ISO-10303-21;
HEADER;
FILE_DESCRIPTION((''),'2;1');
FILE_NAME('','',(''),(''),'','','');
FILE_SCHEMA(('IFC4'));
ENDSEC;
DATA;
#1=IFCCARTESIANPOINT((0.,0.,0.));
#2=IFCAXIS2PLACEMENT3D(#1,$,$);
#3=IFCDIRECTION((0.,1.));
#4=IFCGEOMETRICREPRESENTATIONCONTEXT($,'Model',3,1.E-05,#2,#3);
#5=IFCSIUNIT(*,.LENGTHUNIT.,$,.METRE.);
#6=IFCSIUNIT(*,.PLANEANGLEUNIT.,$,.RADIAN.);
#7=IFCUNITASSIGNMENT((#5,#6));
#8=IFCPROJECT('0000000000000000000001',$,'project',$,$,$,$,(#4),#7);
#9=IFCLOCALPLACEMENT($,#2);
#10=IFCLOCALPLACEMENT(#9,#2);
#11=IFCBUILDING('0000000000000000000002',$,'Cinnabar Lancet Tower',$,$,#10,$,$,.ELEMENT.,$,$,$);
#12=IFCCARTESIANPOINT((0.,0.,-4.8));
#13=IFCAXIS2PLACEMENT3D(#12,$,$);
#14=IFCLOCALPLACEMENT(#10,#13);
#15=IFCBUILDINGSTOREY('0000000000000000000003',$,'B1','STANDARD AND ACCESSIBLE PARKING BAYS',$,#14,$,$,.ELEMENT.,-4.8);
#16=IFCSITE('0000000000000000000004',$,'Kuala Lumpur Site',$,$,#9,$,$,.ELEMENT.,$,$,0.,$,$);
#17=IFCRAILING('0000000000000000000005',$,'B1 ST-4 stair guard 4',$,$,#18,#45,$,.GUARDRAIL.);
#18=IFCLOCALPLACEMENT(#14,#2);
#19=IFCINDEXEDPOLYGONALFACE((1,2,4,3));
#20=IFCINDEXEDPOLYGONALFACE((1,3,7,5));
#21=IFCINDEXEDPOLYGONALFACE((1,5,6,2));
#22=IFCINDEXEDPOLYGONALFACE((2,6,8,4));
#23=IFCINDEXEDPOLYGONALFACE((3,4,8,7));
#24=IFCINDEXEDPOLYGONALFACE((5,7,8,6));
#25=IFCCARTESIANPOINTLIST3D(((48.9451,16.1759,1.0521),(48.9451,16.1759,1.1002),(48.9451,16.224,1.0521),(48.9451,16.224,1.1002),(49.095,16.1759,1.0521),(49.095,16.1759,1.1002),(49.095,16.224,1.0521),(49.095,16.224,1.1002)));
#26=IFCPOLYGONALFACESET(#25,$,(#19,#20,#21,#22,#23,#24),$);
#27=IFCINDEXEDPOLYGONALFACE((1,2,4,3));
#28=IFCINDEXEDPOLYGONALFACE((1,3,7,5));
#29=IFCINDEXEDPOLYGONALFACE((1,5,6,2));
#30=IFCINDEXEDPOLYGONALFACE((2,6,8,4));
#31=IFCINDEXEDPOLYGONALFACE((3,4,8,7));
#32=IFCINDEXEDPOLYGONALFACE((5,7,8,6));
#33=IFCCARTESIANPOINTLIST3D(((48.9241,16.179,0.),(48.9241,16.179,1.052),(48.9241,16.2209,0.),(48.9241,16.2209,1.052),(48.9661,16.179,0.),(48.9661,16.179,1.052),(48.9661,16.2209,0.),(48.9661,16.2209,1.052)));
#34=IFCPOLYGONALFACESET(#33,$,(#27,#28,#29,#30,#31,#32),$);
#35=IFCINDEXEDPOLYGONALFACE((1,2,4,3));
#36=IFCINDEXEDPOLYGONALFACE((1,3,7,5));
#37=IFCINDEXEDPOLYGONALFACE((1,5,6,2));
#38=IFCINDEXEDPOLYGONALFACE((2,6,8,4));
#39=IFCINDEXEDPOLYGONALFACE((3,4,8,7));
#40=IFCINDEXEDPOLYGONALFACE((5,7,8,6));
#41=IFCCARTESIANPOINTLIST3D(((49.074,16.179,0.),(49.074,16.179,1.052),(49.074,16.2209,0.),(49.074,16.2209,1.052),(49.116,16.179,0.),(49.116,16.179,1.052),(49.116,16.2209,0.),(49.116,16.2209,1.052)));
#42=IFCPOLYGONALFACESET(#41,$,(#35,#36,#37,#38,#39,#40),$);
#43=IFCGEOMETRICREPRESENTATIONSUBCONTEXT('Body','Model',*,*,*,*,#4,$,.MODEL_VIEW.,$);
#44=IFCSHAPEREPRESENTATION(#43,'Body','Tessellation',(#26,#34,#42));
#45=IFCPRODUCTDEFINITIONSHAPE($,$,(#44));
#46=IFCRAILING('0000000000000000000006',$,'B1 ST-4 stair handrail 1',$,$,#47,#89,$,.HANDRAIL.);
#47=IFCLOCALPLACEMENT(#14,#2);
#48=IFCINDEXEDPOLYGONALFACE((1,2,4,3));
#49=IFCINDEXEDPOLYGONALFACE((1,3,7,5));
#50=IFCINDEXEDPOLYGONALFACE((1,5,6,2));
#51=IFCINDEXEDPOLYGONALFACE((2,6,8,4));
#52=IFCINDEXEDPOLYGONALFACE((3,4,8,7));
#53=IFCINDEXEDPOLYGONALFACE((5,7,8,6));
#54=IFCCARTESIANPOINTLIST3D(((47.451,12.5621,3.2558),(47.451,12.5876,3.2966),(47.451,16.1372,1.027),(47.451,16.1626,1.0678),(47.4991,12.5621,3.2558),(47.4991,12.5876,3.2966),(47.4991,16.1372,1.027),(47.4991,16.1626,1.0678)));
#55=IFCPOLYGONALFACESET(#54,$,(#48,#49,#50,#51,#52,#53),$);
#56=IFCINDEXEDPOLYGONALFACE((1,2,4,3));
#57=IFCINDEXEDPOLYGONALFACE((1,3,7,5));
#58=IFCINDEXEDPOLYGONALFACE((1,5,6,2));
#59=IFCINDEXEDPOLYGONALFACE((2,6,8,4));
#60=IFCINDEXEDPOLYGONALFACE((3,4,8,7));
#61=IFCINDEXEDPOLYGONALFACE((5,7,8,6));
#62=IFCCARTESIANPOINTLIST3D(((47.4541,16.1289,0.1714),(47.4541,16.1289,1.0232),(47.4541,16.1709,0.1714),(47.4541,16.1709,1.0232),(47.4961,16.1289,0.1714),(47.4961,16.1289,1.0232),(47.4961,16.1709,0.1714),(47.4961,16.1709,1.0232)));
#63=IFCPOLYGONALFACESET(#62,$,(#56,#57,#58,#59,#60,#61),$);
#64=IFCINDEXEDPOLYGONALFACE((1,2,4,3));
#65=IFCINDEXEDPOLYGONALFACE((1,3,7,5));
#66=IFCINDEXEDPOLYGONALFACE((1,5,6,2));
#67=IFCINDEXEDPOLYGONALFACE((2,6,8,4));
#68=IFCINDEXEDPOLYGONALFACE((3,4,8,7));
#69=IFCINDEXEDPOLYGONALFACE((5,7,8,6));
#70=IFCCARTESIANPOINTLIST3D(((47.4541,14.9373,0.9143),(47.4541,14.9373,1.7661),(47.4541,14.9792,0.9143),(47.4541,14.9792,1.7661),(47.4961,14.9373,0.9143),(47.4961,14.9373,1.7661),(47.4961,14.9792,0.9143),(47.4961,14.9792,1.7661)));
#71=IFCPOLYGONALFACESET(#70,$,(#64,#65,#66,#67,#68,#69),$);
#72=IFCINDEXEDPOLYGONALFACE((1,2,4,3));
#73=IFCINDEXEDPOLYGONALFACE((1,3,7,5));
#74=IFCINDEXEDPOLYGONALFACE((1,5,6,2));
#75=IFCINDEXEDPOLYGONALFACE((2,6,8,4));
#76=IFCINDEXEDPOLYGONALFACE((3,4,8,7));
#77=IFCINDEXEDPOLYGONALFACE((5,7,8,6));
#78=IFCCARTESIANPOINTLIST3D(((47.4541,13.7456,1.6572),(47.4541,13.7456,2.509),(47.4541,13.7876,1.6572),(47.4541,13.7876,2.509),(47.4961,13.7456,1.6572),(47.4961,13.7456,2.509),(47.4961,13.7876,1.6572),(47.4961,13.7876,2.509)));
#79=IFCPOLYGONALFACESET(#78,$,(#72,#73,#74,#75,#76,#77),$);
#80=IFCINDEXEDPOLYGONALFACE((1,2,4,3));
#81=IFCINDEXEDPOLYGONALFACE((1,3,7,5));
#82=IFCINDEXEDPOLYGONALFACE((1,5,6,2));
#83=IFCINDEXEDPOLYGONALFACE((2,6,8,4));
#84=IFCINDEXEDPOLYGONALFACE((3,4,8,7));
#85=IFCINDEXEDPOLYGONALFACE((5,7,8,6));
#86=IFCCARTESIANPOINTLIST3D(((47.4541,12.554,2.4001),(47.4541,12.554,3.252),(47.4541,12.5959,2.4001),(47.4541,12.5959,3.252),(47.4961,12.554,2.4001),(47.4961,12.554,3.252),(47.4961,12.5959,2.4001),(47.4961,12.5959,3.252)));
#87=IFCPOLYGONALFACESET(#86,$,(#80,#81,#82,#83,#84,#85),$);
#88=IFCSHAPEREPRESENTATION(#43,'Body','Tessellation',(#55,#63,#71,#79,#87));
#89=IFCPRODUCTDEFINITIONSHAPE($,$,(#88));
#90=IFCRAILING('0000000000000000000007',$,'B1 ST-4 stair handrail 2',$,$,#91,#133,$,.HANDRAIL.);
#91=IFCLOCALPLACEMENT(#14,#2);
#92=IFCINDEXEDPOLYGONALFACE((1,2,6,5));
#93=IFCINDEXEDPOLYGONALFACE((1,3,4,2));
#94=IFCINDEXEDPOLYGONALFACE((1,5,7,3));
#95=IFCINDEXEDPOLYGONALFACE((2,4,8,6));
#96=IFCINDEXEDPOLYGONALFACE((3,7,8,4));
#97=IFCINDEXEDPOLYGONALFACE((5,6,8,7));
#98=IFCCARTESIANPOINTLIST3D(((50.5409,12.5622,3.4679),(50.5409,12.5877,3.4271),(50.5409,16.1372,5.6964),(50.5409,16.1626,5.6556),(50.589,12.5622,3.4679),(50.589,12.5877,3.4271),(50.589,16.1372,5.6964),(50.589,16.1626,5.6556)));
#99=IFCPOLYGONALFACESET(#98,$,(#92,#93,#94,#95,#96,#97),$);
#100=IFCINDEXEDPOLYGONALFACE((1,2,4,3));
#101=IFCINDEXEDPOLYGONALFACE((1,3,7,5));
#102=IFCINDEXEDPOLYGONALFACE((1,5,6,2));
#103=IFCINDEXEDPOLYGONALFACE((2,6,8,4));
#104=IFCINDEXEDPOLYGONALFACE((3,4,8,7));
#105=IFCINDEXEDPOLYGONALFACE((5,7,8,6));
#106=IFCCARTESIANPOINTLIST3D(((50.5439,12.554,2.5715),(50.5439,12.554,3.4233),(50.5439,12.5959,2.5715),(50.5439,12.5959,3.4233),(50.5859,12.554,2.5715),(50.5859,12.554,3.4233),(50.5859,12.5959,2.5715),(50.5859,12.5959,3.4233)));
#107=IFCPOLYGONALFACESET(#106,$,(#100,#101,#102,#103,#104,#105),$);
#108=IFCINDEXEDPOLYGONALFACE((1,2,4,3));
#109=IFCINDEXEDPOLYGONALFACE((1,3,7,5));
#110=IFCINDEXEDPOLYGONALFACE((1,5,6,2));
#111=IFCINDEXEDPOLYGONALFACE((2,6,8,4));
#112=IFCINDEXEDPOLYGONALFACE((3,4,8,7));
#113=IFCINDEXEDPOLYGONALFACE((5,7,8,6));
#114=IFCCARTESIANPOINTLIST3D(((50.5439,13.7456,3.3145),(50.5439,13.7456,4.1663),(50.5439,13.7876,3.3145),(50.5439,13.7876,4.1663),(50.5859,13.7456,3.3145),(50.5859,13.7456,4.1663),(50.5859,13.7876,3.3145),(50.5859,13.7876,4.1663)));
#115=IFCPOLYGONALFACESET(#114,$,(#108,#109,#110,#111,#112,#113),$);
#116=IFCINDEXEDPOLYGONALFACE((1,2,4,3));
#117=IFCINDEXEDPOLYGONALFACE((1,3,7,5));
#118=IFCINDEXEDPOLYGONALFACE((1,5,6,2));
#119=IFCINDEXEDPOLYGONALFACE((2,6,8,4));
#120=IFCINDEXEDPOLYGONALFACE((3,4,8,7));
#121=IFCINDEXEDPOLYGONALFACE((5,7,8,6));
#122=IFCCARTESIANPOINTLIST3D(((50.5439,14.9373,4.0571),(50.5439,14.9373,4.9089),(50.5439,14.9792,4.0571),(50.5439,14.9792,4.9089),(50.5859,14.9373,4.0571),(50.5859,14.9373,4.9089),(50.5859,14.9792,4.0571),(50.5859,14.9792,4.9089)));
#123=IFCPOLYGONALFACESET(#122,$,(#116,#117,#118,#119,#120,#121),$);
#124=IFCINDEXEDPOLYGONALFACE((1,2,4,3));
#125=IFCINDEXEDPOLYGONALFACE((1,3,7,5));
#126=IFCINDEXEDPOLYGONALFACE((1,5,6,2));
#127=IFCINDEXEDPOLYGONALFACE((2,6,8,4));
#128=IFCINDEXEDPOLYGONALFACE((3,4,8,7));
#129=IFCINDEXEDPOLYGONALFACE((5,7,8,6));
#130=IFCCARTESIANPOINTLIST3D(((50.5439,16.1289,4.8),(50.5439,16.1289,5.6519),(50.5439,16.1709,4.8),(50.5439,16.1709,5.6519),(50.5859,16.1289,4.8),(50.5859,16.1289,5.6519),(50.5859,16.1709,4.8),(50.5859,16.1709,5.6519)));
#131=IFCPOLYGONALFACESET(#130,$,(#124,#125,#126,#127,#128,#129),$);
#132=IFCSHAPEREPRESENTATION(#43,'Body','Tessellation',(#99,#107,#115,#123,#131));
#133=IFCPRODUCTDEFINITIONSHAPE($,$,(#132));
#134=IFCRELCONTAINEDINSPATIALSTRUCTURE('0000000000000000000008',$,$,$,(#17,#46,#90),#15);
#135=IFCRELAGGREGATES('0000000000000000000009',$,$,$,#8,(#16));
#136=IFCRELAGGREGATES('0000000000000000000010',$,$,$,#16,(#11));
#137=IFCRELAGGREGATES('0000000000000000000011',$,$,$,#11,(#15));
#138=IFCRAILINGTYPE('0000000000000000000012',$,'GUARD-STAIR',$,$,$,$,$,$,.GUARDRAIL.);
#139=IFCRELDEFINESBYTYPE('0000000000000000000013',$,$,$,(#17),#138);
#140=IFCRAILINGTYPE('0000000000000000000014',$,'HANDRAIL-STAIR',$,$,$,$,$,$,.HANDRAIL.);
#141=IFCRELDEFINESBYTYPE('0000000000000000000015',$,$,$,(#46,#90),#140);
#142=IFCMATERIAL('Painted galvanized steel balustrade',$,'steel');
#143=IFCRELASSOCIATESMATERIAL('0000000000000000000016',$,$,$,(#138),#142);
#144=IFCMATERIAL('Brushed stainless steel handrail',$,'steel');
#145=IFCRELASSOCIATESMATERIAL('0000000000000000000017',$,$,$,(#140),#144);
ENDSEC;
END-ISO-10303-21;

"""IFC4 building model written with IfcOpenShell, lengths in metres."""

from ifc_helpers import new_model, si_unit, direction, frame, origin, origin_2d, place, context, subcontext, project, spatial, rectangle, extrude, material, type_object, element, save


model = new_model("IFC4")

# Units and contexts
model_context = context("Model", 3, precision=1e-05, world=origin(), true_north=direction((0.0, 1.0)))
body_context = subcontext(model_context, "Body", "Model", "MODEL_VIEW")
ifc_project = project(units=[si_unit("LENGTHUNIT", "METRE"), si_unit("PLANEANGLEUNIT", "RADIAN")], contexts=[model_context])

# Site, building, storey
site_placement = place(None, origin())
site = spatial("IfcSite", under=ifc_project, at=site_placement, Name="Kuala Lumpur Site", CompositionType="ELEMENT", RefElevation=0.0)
building_placement = place(site_placement, origin())
building = spatial("IfcBuilding", under=site, at=building_placement, Name="Cinnabar Lancet Tower", CompositionType="ELEMENT")
storey_placement = place(building_placement, frame((0.0, 0.0, -4.8)))
storey = spatial("IfcBuildingStorey", under=building, at=storey_placement, Name="B1", Description="STANDARD AND ACCESSIBLE PARKING BAYS", CompositionType="ELEMENT", Elevation=-4.8)

# Railings
ifc_material_1 = material(Name="Painted galvanized steel balustrade", Category="steel")
railing_type_1 = type_object("IfcRailingType", Name="GUARD-STAIR", PredefinedType="GUARDRAIL", material=ifc_material_1)
railing_1_placement = place(storey_placement, frame((48.9451, 16.2, 0.0)))
element("IfcRailing", 1, at=railing_1_placement, inside=storey, type_object=railing_type_1, Name="B1 ST-4 stair guard 4", PredefinedType="GUARDRAIL", context=body_context, shape_type="SweptSolid", body=[
    extrude(rectangle(XDim=0.0481, YDim=0.0481, at=origin_2d()), frame((0.0, 0.0, 1.0762), z_axis=(1.0, 0.0, 0.0), x_axis=(0.0, 1.0, 0.0)), (0.0, 0.0, 1.0), 0.1499),
    extrude(rectangle(XDim=0.042, YDim=0.042, at=origin_2d()), origin(), (0.0, 0.0, 1.0), 1.052),
    extrude(rectangle(XDim=0.042, YDim=0.042, at=origin_2d()), frame((0.1499, 0.0, 0.0)), (0.0, 0.0, 1.0), 1.052),
])
ifc_material_2 = material(Name="Brushed stainless steel handrail", Category="steel")
railing_type_2 = type_object("IfcRailingType", Name="HANDRAIL-STAIR", PredefinedType="HANDRAIL", material=ifc_material_2)
railing_2_placement = place(storey_placement, frame((47.4751, 16.1499, 0.1714)))
element("IfcRailing", 2, at=railing_2_placement, inside=storey, type_object=railing_type_2, Name="B1 ST-4 stair handrail 1", PredefinedType="HANDRAIL", context=body_context, shape_type="SweptSolid", body=[
    extrude(rectangle(XDim=0.0481, YDim=0.0481, at=origin_2d()), frame((0.0, 0.0, 0.876), z_axis=(0.0, -0.848594, 0.529045), x_axis=(1.0, 0.0, 0.0)), (0.0, 0.0, 1.0), 4.2129),
    extrude(rectangle(XDim=0.042, YDim=0.042, at=origin_2d()), origin(), (0.0, 0.0, 1.0), 0.8518),
    extrude(rectangle(XDim=0.042, YDim=0.042, at=origin_2d()), frame((0.0, -1.1917, 0.7429)), (0.0, 0.0, 1.0), 0.8518),
    extrude(rectangle(XDim=0.042, YDim=0.042, at=origin_2d()), frame((0.0, -2.3833, 1.4858)), (0.0, 0.0, 1.0), 0.8518),
    extrude(rectangle(XDim=0.042, YDim=0.042, at=origin_2d()), frame((0.0, -3.575, 2.2288)), (0.0, 0.0, 1.0), 0.8518),
])
railing_3_placement = place(storey_placement, frame((50.5649, 12.575, 2.5715)))
element("IfcRailing", 3, at=railing_3_placement, inside=storey, type_object=railing_type_2, Name="B1 ST-4 stair handrail 2", PredefinedType="HANDRAIL", context=body_context, shape_type="SweptSolid", body=[
    extrude(rectangle(XDim=0.0481, YDim=0.0481, at=origin_2d()), frame((0.0, 0.0, 0.876), z_axis=(0.0, 0.84862, 0.529004), x_axis=(-1.0, 0.0, 0.0)), (0.0, 0.0, 1.0), 4.2126),
    extrude(rectangle(XDim=0.042, YDim=0.042, at=origin_2d()), origin(), (0.0, 0.0, 1.0), 0.8518),
    extrude(rectangle(XDim=0.042, YDim=0.042, at=origin_2d()), frame((0.0, 1.1917, 0.7429)), (0.0, 0.0, 1.0), 0.8518),
    extrude(rectangle(XDim=0.042, YDim=0.042, at=origin_2d()), frame((0.0, 2.3833, 1.4856)), (0.0, 0.0, 1.0), 0.8518),
    extrude(rectangle(XDim=0.042, YDim=0.042, at=origin_2d()), frame((0.0, 3.575, 2.2285)), (0.0, 0.0, 1.0), 0.8518),
])

save(model, "model.ifc")
